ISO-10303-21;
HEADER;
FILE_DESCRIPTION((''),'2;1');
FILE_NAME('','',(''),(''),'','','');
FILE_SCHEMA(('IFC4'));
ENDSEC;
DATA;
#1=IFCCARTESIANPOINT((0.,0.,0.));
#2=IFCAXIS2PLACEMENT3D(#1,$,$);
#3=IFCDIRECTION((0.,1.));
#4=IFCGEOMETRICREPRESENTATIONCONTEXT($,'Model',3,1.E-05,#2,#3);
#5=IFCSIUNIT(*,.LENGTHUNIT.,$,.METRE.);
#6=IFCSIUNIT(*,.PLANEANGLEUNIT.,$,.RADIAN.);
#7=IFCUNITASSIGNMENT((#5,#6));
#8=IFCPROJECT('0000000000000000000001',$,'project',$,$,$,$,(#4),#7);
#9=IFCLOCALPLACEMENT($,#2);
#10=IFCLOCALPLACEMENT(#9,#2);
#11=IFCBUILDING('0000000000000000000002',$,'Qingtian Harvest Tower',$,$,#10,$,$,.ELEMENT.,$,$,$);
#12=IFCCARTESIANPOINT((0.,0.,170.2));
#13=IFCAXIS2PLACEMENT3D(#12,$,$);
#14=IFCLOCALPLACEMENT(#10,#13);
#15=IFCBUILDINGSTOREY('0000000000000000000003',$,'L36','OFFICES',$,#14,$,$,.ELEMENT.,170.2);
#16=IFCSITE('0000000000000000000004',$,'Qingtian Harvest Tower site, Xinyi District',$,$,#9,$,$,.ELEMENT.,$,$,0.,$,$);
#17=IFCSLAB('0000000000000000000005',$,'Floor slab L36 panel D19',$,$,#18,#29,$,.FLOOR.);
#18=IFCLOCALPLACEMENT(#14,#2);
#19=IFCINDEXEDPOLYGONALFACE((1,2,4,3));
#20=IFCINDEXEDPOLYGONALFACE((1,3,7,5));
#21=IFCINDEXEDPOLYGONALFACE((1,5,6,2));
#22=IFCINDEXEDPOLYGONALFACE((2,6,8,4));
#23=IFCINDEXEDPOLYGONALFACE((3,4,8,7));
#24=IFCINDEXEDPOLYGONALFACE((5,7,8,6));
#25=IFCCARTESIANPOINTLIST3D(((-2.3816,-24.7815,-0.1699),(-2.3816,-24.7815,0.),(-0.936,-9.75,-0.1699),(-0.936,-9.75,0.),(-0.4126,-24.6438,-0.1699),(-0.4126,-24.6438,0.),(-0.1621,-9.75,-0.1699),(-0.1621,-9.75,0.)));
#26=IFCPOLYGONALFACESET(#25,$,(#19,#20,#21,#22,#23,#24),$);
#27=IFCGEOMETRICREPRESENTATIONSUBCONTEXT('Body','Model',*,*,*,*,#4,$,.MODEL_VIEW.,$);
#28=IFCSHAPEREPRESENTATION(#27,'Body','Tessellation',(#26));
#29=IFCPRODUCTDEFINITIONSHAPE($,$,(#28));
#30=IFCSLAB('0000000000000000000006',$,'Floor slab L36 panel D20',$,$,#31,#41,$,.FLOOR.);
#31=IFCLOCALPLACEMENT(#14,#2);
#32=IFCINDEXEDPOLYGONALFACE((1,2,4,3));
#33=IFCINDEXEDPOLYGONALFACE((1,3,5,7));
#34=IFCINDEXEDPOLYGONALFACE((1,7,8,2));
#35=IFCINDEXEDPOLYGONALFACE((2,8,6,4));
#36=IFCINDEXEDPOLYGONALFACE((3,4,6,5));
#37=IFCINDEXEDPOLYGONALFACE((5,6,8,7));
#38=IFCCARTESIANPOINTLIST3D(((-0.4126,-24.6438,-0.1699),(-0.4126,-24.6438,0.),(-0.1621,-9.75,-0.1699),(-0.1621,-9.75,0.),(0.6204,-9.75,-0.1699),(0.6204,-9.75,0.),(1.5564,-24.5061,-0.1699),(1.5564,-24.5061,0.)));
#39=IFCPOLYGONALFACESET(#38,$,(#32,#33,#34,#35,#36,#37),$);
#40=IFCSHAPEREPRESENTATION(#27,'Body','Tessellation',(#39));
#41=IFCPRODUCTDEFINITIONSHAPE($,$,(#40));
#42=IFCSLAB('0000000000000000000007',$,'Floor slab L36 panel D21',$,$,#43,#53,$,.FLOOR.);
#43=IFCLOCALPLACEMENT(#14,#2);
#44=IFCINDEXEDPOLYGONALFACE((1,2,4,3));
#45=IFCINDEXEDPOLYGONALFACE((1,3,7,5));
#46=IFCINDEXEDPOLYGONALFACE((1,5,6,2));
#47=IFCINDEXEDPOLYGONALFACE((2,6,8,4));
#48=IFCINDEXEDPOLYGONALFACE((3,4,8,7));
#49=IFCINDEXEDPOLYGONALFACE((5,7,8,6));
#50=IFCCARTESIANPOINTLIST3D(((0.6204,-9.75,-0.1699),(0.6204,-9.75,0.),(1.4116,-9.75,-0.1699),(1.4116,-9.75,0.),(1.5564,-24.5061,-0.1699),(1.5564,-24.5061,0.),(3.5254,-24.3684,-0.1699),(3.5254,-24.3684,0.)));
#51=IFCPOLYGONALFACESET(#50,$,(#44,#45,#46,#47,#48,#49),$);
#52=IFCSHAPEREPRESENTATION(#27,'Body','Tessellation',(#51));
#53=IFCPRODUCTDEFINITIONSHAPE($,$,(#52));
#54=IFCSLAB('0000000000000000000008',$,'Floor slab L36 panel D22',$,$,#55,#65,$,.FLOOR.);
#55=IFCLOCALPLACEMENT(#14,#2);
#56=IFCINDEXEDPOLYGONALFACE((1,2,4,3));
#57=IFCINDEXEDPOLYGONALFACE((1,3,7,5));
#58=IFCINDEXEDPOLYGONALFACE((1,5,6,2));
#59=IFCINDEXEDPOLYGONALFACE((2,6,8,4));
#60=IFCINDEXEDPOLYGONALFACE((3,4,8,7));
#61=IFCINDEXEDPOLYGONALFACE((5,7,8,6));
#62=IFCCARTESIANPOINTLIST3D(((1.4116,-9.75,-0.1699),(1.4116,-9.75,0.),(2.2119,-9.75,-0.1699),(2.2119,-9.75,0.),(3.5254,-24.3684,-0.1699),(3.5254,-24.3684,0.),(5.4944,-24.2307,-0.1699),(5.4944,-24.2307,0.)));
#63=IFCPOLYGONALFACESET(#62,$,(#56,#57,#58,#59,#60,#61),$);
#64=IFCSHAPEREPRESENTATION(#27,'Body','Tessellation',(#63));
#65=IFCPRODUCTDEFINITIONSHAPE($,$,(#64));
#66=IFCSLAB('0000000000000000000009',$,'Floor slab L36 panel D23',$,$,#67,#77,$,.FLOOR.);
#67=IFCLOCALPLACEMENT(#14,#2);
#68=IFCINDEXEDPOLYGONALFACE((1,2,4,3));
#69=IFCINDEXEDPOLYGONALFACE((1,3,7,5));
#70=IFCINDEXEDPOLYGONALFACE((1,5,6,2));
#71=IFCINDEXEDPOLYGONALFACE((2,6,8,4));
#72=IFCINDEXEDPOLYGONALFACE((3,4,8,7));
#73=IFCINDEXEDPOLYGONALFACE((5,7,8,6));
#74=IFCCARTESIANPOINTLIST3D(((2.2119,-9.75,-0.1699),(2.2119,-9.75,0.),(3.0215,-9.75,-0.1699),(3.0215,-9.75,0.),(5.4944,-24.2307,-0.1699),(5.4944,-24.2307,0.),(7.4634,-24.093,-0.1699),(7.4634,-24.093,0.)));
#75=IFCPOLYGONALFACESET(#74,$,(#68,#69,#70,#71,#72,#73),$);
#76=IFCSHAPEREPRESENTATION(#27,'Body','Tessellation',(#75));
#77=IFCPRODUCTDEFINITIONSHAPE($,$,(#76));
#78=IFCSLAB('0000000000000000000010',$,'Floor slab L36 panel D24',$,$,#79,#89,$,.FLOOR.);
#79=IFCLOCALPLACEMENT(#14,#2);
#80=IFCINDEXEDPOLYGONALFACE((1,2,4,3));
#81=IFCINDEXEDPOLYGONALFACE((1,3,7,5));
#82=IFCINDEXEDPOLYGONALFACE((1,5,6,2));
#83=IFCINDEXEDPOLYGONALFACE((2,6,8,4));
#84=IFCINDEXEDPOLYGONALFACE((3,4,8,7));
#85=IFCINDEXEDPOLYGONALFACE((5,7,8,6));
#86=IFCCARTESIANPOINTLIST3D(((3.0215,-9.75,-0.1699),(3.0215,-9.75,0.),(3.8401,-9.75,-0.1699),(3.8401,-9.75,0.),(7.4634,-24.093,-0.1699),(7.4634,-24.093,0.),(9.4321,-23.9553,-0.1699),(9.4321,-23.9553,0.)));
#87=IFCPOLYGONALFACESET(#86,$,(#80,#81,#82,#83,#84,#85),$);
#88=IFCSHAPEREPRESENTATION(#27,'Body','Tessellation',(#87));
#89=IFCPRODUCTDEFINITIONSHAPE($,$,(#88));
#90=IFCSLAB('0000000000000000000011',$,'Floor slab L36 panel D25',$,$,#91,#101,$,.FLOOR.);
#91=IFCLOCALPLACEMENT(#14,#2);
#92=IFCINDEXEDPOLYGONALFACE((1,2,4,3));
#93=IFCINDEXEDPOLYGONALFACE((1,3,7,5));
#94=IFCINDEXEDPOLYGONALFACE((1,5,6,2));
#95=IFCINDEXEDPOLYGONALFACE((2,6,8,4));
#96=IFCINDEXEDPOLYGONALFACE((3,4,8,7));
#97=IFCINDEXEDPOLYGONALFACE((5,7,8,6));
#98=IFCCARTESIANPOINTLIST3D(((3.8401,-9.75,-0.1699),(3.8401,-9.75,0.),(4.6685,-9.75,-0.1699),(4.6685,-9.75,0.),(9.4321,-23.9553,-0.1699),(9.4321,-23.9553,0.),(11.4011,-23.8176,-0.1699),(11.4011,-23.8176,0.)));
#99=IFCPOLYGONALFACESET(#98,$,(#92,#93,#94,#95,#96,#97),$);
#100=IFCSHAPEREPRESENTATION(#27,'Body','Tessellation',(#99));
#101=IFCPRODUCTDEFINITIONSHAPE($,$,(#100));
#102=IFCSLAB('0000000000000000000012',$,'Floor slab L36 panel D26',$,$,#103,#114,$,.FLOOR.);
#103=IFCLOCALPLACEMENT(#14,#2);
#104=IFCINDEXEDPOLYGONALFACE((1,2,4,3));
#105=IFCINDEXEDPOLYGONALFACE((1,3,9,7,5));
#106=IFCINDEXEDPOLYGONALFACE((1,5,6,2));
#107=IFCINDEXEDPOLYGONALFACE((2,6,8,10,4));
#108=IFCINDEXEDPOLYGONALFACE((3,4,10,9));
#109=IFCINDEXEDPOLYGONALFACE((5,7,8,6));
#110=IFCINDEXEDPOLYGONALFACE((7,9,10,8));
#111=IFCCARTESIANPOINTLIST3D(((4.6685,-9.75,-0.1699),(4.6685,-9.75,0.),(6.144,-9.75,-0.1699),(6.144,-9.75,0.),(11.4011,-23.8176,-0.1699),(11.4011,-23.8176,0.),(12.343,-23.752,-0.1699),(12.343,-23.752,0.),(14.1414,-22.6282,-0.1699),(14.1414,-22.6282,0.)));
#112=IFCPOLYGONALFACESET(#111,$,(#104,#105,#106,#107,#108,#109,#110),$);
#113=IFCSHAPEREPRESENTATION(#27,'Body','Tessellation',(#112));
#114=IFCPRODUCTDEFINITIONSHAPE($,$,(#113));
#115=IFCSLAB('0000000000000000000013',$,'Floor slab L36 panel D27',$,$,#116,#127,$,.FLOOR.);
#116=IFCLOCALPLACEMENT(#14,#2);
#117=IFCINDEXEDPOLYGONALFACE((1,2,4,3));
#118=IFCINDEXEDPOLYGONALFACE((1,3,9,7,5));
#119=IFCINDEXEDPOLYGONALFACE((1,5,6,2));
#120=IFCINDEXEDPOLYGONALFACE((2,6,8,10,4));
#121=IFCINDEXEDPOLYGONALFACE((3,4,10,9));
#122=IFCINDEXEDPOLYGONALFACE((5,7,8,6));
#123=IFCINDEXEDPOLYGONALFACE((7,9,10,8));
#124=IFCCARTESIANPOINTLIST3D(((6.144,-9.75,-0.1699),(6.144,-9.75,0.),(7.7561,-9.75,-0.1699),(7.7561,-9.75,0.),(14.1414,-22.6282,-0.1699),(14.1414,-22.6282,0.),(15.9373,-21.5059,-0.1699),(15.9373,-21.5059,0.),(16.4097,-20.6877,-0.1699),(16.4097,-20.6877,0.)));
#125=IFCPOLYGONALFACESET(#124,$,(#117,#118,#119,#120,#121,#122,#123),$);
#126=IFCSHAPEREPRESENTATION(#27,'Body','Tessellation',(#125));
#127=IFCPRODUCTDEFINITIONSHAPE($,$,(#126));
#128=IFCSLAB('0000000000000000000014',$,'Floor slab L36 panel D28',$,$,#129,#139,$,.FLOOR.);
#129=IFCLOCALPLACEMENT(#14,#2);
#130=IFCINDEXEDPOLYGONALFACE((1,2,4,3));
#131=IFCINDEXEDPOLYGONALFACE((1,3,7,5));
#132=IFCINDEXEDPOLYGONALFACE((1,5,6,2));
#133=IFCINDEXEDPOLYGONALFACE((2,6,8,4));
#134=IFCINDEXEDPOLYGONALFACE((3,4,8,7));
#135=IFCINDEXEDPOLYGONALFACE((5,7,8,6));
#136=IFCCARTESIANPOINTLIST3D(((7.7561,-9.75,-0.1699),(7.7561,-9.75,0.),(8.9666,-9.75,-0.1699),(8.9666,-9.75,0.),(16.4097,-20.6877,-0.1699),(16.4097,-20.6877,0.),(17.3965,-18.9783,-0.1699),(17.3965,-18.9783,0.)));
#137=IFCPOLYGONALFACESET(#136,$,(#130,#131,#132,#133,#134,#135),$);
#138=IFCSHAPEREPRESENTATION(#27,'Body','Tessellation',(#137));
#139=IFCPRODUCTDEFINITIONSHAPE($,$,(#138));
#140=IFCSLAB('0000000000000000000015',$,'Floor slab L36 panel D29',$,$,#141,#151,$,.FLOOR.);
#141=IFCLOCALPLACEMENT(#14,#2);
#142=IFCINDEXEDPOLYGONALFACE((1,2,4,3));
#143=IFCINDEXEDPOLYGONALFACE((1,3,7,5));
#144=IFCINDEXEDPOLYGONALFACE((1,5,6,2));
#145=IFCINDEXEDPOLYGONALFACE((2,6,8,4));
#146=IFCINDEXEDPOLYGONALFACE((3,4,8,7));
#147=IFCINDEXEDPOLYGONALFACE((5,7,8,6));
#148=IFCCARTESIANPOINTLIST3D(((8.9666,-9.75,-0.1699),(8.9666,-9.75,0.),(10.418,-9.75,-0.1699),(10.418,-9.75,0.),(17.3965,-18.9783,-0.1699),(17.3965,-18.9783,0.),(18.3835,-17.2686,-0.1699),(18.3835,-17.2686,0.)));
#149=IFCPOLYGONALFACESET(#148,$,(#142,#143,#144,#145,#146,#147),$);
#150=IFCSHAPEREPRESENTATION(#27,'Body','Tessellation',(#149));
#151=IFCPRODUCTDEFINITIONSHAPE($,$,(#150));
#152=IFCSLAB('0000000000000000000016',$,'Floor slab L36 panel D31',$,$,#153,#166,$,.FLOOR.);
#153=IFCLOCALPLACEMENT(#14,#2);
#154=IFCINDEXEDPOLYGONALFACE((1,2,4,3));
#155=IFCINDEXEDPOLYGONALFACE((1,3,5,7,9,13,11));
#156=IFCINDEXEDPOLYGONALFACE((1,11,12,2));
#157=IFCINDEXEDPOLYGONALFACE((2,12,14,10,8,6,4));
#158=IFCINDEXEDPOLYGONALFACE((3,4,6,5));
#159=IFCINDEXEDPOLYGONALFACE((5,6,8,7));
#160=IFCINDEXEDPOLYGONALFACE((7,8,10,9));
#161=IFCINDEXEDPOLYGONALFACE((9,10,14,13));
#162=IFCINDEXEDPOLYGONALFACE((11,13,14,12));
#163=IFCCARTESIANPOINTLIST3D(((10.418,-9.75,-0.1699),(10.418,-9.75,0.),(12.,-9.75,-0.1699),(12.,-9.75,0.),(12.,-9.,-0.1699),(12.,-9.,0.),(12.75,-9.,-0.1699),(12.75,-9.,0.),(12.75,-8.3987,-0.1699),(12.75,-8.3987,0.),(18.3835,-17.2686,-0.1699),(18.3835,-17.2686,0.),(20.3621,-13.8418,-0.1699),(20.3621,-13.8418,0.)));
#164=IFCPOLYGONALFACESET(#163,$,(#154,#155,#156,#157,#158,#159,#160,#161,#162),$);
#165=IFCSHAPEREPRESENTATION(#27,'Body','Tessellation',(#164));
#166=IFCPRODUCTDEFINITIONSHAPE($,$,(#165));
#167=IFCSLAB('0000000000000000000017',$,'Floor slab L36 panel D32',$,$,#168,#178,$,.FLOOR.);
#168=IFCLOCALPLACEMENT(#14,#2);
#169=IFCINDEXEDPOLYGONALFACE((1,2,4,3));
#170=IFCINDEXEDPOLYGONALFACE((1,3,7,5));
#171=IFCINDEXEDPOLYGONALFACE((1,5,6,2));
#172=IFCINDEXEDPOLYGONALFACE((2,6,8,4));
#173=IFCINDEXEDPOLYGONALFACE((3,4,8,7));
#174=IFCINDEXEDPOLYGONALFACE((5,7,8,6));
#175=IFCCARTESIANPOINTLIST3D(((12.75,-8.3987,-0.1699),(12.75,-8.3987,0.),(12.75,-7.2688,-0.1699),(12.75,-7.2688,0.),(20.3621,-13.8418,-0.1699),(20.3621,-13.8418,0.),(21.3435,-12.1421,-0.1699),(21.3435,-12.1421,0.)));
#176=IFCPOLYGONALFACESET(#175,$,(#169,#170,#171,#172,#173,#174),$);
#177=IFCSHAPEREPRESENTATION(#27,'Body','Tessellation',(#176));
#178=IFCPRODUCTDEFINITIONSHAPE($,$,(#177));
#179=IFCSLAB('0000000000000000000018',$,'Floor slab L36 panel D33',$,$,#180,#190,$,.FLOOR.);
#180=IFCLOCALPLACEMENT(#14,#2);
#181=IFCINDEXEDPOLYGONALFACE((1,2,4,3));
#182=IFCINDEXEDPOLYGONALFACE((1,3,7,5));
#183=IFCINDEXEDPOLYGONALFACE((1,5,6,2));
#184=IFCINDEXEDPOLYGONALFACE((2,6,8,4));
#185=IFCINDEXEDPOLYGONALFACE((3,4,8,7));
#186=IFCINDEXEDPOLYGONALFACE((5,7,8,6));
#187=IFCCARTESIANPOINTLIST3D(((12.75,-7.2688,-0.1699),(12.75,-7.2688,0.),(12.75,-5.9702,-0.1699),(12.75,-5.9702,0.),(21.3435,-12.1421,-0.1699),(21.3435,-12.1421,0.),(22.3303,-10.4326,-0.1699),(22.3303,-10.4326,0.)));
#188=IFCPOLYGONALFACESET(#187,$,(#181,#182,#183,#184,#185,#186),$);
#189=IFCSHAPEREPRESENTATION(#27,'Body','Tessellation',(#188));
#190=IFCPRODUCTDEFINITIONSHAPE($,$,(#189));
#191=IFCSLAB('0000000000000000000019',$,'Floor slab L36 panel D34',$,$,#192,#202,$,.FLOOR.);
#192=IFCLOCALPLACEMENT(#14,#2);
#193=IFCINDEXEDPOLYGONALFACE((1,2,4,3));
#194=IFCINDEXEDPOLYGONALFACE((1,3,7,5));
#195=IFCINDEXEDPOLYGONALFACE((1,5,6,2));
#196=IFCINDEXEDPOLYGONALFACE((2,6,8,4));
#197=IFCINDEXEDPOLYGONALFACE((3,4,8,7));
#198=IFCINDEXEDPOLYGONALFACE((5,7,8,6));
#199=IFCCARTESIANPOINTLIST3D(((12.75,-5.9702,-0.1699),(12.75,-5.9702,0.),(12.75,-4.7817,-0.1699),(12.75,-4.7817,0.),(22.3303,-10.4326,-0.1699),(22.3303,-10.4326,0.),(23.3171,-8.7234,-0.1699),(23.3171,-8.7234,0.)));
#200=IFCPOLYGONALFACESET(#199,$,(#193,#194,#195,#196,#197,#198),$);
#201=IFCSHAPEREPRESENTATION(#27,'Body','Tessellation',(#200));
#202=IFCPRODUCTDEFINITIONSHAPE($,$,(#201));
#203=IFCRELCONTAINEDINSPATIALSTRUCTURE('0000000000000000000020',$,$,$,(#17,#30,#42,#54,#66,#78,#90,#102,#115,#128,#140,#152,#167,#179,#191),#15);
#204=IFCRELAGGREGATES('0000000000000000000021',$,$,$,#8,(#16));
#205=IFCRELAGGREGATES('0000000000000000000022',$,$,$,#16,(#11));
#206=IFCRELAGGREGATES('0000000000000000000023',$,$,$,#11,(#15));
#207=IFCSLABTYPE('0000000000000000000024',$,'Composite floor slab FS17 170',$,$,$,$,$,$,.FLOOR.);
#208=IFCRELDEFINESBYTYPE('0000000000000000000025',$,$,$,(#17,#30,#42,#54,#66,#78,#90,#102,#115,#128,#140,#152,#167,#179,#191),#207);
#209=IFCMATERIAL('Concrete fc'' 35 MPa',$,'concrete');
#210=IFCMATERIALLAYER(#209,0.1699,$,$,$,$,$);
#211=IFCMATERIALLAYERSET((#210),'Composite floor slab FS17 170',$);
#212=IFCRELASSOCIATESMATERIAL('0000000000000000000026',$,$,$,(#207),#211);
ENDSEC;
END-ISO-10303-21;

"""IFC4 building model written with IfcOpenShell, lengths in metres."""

from ifc_helpers import new_model, si_unit, direction, frame, origin, place, context, subcontext, project, spatial, polyline, outline, extrude, material, layer, layer_set, type_object, element, save


model = new_model("IFC4")

# Units and contexts
model_context = context("Model", 3, precision=1e-05, world=origin(), true_north=direction((0.0, 1.0)))
body_context = subcontext(model_context, "Body", "Model", "MODEL_VIEW")
ifc_project = project(units=[si_unit("LENGTHUNIT", "METRE"), si_unit("PLANEANGLEUNIT", "RADIAN")], contexts=[model_context])

# Site, building, storey
site_placement = place(None, origin())
site = spatial("IfcSite", under=ifc_project, at=site_placement, Name="Qingtian Harvest Tower site, Xinyi District", CompositionType="ELEMENT", RefElevation=0.0)
building_placement = place(site_placement, origin())
building = spatial("IfcBuilding", under=site, at=building_placement, Name="Qingtian Harvest Tower", CompositionType="ELEMENT")
storey_placement = place(building_placement, frame((0.0, 0.0, 170.2)))
storey = spatial("IfcBuildingStorey", under=building, at=storey_placement, Name="L36", Description="OFFICES", CompositionType="ELEMENT", Elevation=170.2)

# Slabs
ifc_material = material(Name="Concrete fc' 35 MPa", Category="concrete")
ifc_layer = layer(ifc_material, 0.1699)
ifc_layer_set = layer_set([ifc_layer], Name="Composite floor slab FS17 170")
slab_type = type_object("IfcSlabType", Name="Composite floor slab FS17 170", PredefinedType="FLOOR", material=ifc_layer_set)
slab_1_placement = place(storey_placement, frame((0.0, 0.0, -0.1699)))
element("IfcSlab", 1, at=slab_1_placement, inside=storey, type_object=slab_type, Name="Floor slab L36 panel D19", PredefinedType="FLOOR", context=body_context, shape_type="SweptSolid", body=[
    extrude(outline(polyline([(-0.1621, -9.75), (-0.4126, -24.6438), (-2.3816, -24.7815), (-0.936, -9.75), (-0.1621, -9.75)])), origin(), (0.0, 0.0, 1.0), 0.1699),
])
slab_2_placement = place(storey_placement, frame((0.0, 0.0, -0.1699)))
element("IfcSlab", 2, at=slab_2_placement, inside=storey, type_object=slab_type, Name="Floor slab L36 panel D20", PredefinedType="FLOOR", context=body_context, shape_type="SweptSolid", body=[
    extrude(outline(polyline([(0.6204, -9.75), (1.5564, -24.5061), (-0.4126, -24.6438), (-0.1621, -9.75), (0.6204, -9.75)])), origin(), (0.0, 0.0, 1.0), 0.1699),
])
slab_3_placement = place(storey_placement, frame((0.0, 0.0, -0.1699)))
element("IfcSlab", 3, at=slab_3_placement, inside=storey, type_object=slab_type, Name="Floor slab L36 panel D21", PredefinedType="FLOOR", context=body_context, shape_type="SweptSolid", body=[
    extrude(outline(polyline([(1.4116, -9.75), (3.5254, -24.3684), (1.5564, -24.5061), (0.6204, -9.75), (1.4116, -9.75)])), origin(), (0.0, 0.0, 1.0), 0.1699),
])
slab_4_placement = place(storey_placement, frame((0.0, 0.0, -0.1699)))
element("IfcSlab", 4, at=slab_4_placement, inside=storey, type_object=slab_type, Name="Floor slab L36 panel D22", PredefinedType="FLOOR", context=body_context, shape_type="SweptSolid", body=[
    extrude(outline(polyline([(2.2119, -9.75), (5.4944, -24.2307), (3.5254, -24.3684), (1.4116, -9.75), (2.2119, -9.75)])), origin(), (0.0, 0.0, 1.0), 0.1699),
])
slab_5_placement = place(storey_placement, frame((0.0, 0.0, -0.1699)))
element("IfcSlab", 5, at=slab_5_placement, inside=storey, type_object=slab_type, Name="Floor slab L36 panel D23", PredefinedType="FLOOR", context=body_context, shape_type="SweptSolid", body=[
    extrude(outline(polyline([(3.0215, -9.75), (7.4634, -24.093), (5.4944, -24.2307), (2.2119, -9.75), (3.0215, -9.75)])), origin(), (0.0, 0.0, 1.0), 0.1699),
])
slab_6_placement = place(storey_placement, frame((0.0, 0.0, -0.1699)))
element("IfcSlab", 6, at=slab_6_placement, inside=storey, type_object=slab_type, Name="Floor slab L36 panel D24", PredefinedType="FLOOR", context=body_context, shape_type="SweptSolid", body=[
    extrude(outline(polyline([(3.8401, -9.75), (9.4321, -23.9553), (7.4634, -24.093), (3.0215, -9.75), (3.8401, -9.75)])), origin(), (0.0, 0.0, 1.0), 0.1699),
])
slab_7_placement = place(storey_placement, frame((0.0, 0.0, -0.1699)))
element("IfcSlab", 7, at=slab_7_placement, inside=storey, type_object=slab_type, Name="Floor slab L36 panel D25", PredefinedType="FLOOR", context=body_context, shape_type="SweptSolid", body=[
    extrude(outline(polyline([(4.6685, -9.75), (11.4011, -23.8176), (9.4321, -23.9553), (3.8401, -9.75), (4.6685, -9.75)])), origin(), (0.0, 0.0, 1.0), 0.1699),
])
slab_8_placement = place(storey_placement, frame((0.0, 0.0, -0.1699)))
element("IfcSlab", 8, at=slab_8_placement, inside=storey, type_object=slab_type, Name="Floor slab L36 panel D26", PredefinedType="FLOOR", context=body_context, shape_type="SweptSolid", body=[
    extrude(outline(polyline([(4.6685, -9.75), (6.144, -9.75), (14.1414, -22.6282), (12.343, -23.752), (11.4011, -23.8176), (4.6685, -9.75)])), origin(), (0.0, 0.0, 1.0), 0.1699),
])
slab_9_placement = place(storey_placement, frame((0.0, 0.0, -0.1699)))
element("IfcSlab", 9, at=slab_9_placement, inside=storey, type_object=slab_type, Name="Floor slab L36 panel D27", PredefinedType="FLOOR", context=body_context, shape_type="SweptSolid", body=[
    extrude(outline(polyline([(6.144, -9.75), (7.7561, -9.75), (16.4097, -20.6877), (15.9373, -21.5059), (14.1414, -22.6282), (6.144, -9.75)])), origin(), (0.0, 0.0, 1.0), 0.1699),
])
slab_10_placement = place(storey_placement, frame((0.0, 0.0, -0.1699)))
element("IfcSlab", 10, at=slab_10_placement, inside=storey, type_object=slab_type, Name="Floor slab L36 panel D28", PredefinedType="FLOOR", context=body_context, shape_type="SweptSolid", body=[
    extrude(outline(polyline([(8.9666, -9.75), (17.3965, -18.9783), (16.4097, -20.6877), (7.7561, -9.75), (8.9666, -9.75)])), origin(), (0.0, 0.0, 1.0), 0.1699),
])
slab_11_placement = place(storey_placement, frame((0.0, 0.0, -0.1699)))
element("IfcSlab", 11, at=slab_11_placement, inside=storey, type_object=slab_type, Name="Floor slab L36 panel D29", PredefinedType="FLOOR", context=body_context, shape_type="SweptSolid", body=[
    extrude(outline(polyline([(10.418, -9.75), (18.3835, -17.2686), (17.3965, -18.9783), (8.9666, -9.75), (10.418, -9.75)])), origin(), (0.0, 0.0, 1.0), 0.1699),
])
slab_12_placement = place(storey_placement, frame((0.0, 0.0, -0.1699)))
element("IfcSlab", 12, at=slab_12_placement, inside=storey, type_object=slab_type, Name="Floor slab L36 panel D31", PredefinedType="FLOOR", context=body_context, shape_type="SweptSolid", body=[
    extrude(outline(polyline([(12.75, -8.3987), (20.3621, -13.8418), (18.3835, -17.2686), (10.418, -9.75), (12.0, -9.75), (12.0, -9.0), (12.75, -9.0), (12.75, -8.3987)])), origin(), (0.0, 0.0, 1.0), 0.1699),
])
slab_13_placement = place(storey_placement, frame((0.0, 0.0, -0.1699)))
element("IfcSlab", 13, at=slab_13_placement, inside=storey, type_object=slab_type, Name="Floor slab L36 panel D32", PredefinedType="FLOOR", context=body_context, shape_type="SweptSolid", body=[
    extrude(outline(polyline([(12.75, -7.2688), (21.3435, -12.1421), (20.3621, -13.8418), (12.75, -8.3987), (12.75, -7.2688)])), origin(), (0.0, 0.0, 1.0), 0.1699),
])
slab_14_placement = place(storey_placement, frame((0.0, 0.0, -0.1699)))
element("IfcSlab", 14, at=slab_14_placement, inside=storey, type_object=slab_type, Name="Floor slab L36 panel D33", PredefinedType="FLOOR", context=body_context, shape_type="SweptSolid", body=[
    extrude(outline(polyline([(12.75, -5.9702), (22.3303, -10.4326), (21.3435, -12.1421), (12.75, -7.2688), (12.75, -5.9702)])), origin(), (0.0, 0.0, 1.0), 0.1699),
])
slab_15_placement = place(storey_placement, frame((0.0, 0.0, -0.1699)))
element("IfcSlab", 15, at=slab_15_placement, inside=storey, type_object=slab_type, Name="Floor slab L36 panel D34", PredefinedType="FLOOR", context=body_context, shape_type="SweptSolid", body=[
    extrude(outline(polyline([(12.75, -4.7817), (23.3171, -8.7234), (22.3303, -10.4326), (12.75, -5.9702), (12.75, -4.7817)])), origin(), (0.0, 0.0, 1.0), 0.1699),
])

save(model, "model.ifc")
